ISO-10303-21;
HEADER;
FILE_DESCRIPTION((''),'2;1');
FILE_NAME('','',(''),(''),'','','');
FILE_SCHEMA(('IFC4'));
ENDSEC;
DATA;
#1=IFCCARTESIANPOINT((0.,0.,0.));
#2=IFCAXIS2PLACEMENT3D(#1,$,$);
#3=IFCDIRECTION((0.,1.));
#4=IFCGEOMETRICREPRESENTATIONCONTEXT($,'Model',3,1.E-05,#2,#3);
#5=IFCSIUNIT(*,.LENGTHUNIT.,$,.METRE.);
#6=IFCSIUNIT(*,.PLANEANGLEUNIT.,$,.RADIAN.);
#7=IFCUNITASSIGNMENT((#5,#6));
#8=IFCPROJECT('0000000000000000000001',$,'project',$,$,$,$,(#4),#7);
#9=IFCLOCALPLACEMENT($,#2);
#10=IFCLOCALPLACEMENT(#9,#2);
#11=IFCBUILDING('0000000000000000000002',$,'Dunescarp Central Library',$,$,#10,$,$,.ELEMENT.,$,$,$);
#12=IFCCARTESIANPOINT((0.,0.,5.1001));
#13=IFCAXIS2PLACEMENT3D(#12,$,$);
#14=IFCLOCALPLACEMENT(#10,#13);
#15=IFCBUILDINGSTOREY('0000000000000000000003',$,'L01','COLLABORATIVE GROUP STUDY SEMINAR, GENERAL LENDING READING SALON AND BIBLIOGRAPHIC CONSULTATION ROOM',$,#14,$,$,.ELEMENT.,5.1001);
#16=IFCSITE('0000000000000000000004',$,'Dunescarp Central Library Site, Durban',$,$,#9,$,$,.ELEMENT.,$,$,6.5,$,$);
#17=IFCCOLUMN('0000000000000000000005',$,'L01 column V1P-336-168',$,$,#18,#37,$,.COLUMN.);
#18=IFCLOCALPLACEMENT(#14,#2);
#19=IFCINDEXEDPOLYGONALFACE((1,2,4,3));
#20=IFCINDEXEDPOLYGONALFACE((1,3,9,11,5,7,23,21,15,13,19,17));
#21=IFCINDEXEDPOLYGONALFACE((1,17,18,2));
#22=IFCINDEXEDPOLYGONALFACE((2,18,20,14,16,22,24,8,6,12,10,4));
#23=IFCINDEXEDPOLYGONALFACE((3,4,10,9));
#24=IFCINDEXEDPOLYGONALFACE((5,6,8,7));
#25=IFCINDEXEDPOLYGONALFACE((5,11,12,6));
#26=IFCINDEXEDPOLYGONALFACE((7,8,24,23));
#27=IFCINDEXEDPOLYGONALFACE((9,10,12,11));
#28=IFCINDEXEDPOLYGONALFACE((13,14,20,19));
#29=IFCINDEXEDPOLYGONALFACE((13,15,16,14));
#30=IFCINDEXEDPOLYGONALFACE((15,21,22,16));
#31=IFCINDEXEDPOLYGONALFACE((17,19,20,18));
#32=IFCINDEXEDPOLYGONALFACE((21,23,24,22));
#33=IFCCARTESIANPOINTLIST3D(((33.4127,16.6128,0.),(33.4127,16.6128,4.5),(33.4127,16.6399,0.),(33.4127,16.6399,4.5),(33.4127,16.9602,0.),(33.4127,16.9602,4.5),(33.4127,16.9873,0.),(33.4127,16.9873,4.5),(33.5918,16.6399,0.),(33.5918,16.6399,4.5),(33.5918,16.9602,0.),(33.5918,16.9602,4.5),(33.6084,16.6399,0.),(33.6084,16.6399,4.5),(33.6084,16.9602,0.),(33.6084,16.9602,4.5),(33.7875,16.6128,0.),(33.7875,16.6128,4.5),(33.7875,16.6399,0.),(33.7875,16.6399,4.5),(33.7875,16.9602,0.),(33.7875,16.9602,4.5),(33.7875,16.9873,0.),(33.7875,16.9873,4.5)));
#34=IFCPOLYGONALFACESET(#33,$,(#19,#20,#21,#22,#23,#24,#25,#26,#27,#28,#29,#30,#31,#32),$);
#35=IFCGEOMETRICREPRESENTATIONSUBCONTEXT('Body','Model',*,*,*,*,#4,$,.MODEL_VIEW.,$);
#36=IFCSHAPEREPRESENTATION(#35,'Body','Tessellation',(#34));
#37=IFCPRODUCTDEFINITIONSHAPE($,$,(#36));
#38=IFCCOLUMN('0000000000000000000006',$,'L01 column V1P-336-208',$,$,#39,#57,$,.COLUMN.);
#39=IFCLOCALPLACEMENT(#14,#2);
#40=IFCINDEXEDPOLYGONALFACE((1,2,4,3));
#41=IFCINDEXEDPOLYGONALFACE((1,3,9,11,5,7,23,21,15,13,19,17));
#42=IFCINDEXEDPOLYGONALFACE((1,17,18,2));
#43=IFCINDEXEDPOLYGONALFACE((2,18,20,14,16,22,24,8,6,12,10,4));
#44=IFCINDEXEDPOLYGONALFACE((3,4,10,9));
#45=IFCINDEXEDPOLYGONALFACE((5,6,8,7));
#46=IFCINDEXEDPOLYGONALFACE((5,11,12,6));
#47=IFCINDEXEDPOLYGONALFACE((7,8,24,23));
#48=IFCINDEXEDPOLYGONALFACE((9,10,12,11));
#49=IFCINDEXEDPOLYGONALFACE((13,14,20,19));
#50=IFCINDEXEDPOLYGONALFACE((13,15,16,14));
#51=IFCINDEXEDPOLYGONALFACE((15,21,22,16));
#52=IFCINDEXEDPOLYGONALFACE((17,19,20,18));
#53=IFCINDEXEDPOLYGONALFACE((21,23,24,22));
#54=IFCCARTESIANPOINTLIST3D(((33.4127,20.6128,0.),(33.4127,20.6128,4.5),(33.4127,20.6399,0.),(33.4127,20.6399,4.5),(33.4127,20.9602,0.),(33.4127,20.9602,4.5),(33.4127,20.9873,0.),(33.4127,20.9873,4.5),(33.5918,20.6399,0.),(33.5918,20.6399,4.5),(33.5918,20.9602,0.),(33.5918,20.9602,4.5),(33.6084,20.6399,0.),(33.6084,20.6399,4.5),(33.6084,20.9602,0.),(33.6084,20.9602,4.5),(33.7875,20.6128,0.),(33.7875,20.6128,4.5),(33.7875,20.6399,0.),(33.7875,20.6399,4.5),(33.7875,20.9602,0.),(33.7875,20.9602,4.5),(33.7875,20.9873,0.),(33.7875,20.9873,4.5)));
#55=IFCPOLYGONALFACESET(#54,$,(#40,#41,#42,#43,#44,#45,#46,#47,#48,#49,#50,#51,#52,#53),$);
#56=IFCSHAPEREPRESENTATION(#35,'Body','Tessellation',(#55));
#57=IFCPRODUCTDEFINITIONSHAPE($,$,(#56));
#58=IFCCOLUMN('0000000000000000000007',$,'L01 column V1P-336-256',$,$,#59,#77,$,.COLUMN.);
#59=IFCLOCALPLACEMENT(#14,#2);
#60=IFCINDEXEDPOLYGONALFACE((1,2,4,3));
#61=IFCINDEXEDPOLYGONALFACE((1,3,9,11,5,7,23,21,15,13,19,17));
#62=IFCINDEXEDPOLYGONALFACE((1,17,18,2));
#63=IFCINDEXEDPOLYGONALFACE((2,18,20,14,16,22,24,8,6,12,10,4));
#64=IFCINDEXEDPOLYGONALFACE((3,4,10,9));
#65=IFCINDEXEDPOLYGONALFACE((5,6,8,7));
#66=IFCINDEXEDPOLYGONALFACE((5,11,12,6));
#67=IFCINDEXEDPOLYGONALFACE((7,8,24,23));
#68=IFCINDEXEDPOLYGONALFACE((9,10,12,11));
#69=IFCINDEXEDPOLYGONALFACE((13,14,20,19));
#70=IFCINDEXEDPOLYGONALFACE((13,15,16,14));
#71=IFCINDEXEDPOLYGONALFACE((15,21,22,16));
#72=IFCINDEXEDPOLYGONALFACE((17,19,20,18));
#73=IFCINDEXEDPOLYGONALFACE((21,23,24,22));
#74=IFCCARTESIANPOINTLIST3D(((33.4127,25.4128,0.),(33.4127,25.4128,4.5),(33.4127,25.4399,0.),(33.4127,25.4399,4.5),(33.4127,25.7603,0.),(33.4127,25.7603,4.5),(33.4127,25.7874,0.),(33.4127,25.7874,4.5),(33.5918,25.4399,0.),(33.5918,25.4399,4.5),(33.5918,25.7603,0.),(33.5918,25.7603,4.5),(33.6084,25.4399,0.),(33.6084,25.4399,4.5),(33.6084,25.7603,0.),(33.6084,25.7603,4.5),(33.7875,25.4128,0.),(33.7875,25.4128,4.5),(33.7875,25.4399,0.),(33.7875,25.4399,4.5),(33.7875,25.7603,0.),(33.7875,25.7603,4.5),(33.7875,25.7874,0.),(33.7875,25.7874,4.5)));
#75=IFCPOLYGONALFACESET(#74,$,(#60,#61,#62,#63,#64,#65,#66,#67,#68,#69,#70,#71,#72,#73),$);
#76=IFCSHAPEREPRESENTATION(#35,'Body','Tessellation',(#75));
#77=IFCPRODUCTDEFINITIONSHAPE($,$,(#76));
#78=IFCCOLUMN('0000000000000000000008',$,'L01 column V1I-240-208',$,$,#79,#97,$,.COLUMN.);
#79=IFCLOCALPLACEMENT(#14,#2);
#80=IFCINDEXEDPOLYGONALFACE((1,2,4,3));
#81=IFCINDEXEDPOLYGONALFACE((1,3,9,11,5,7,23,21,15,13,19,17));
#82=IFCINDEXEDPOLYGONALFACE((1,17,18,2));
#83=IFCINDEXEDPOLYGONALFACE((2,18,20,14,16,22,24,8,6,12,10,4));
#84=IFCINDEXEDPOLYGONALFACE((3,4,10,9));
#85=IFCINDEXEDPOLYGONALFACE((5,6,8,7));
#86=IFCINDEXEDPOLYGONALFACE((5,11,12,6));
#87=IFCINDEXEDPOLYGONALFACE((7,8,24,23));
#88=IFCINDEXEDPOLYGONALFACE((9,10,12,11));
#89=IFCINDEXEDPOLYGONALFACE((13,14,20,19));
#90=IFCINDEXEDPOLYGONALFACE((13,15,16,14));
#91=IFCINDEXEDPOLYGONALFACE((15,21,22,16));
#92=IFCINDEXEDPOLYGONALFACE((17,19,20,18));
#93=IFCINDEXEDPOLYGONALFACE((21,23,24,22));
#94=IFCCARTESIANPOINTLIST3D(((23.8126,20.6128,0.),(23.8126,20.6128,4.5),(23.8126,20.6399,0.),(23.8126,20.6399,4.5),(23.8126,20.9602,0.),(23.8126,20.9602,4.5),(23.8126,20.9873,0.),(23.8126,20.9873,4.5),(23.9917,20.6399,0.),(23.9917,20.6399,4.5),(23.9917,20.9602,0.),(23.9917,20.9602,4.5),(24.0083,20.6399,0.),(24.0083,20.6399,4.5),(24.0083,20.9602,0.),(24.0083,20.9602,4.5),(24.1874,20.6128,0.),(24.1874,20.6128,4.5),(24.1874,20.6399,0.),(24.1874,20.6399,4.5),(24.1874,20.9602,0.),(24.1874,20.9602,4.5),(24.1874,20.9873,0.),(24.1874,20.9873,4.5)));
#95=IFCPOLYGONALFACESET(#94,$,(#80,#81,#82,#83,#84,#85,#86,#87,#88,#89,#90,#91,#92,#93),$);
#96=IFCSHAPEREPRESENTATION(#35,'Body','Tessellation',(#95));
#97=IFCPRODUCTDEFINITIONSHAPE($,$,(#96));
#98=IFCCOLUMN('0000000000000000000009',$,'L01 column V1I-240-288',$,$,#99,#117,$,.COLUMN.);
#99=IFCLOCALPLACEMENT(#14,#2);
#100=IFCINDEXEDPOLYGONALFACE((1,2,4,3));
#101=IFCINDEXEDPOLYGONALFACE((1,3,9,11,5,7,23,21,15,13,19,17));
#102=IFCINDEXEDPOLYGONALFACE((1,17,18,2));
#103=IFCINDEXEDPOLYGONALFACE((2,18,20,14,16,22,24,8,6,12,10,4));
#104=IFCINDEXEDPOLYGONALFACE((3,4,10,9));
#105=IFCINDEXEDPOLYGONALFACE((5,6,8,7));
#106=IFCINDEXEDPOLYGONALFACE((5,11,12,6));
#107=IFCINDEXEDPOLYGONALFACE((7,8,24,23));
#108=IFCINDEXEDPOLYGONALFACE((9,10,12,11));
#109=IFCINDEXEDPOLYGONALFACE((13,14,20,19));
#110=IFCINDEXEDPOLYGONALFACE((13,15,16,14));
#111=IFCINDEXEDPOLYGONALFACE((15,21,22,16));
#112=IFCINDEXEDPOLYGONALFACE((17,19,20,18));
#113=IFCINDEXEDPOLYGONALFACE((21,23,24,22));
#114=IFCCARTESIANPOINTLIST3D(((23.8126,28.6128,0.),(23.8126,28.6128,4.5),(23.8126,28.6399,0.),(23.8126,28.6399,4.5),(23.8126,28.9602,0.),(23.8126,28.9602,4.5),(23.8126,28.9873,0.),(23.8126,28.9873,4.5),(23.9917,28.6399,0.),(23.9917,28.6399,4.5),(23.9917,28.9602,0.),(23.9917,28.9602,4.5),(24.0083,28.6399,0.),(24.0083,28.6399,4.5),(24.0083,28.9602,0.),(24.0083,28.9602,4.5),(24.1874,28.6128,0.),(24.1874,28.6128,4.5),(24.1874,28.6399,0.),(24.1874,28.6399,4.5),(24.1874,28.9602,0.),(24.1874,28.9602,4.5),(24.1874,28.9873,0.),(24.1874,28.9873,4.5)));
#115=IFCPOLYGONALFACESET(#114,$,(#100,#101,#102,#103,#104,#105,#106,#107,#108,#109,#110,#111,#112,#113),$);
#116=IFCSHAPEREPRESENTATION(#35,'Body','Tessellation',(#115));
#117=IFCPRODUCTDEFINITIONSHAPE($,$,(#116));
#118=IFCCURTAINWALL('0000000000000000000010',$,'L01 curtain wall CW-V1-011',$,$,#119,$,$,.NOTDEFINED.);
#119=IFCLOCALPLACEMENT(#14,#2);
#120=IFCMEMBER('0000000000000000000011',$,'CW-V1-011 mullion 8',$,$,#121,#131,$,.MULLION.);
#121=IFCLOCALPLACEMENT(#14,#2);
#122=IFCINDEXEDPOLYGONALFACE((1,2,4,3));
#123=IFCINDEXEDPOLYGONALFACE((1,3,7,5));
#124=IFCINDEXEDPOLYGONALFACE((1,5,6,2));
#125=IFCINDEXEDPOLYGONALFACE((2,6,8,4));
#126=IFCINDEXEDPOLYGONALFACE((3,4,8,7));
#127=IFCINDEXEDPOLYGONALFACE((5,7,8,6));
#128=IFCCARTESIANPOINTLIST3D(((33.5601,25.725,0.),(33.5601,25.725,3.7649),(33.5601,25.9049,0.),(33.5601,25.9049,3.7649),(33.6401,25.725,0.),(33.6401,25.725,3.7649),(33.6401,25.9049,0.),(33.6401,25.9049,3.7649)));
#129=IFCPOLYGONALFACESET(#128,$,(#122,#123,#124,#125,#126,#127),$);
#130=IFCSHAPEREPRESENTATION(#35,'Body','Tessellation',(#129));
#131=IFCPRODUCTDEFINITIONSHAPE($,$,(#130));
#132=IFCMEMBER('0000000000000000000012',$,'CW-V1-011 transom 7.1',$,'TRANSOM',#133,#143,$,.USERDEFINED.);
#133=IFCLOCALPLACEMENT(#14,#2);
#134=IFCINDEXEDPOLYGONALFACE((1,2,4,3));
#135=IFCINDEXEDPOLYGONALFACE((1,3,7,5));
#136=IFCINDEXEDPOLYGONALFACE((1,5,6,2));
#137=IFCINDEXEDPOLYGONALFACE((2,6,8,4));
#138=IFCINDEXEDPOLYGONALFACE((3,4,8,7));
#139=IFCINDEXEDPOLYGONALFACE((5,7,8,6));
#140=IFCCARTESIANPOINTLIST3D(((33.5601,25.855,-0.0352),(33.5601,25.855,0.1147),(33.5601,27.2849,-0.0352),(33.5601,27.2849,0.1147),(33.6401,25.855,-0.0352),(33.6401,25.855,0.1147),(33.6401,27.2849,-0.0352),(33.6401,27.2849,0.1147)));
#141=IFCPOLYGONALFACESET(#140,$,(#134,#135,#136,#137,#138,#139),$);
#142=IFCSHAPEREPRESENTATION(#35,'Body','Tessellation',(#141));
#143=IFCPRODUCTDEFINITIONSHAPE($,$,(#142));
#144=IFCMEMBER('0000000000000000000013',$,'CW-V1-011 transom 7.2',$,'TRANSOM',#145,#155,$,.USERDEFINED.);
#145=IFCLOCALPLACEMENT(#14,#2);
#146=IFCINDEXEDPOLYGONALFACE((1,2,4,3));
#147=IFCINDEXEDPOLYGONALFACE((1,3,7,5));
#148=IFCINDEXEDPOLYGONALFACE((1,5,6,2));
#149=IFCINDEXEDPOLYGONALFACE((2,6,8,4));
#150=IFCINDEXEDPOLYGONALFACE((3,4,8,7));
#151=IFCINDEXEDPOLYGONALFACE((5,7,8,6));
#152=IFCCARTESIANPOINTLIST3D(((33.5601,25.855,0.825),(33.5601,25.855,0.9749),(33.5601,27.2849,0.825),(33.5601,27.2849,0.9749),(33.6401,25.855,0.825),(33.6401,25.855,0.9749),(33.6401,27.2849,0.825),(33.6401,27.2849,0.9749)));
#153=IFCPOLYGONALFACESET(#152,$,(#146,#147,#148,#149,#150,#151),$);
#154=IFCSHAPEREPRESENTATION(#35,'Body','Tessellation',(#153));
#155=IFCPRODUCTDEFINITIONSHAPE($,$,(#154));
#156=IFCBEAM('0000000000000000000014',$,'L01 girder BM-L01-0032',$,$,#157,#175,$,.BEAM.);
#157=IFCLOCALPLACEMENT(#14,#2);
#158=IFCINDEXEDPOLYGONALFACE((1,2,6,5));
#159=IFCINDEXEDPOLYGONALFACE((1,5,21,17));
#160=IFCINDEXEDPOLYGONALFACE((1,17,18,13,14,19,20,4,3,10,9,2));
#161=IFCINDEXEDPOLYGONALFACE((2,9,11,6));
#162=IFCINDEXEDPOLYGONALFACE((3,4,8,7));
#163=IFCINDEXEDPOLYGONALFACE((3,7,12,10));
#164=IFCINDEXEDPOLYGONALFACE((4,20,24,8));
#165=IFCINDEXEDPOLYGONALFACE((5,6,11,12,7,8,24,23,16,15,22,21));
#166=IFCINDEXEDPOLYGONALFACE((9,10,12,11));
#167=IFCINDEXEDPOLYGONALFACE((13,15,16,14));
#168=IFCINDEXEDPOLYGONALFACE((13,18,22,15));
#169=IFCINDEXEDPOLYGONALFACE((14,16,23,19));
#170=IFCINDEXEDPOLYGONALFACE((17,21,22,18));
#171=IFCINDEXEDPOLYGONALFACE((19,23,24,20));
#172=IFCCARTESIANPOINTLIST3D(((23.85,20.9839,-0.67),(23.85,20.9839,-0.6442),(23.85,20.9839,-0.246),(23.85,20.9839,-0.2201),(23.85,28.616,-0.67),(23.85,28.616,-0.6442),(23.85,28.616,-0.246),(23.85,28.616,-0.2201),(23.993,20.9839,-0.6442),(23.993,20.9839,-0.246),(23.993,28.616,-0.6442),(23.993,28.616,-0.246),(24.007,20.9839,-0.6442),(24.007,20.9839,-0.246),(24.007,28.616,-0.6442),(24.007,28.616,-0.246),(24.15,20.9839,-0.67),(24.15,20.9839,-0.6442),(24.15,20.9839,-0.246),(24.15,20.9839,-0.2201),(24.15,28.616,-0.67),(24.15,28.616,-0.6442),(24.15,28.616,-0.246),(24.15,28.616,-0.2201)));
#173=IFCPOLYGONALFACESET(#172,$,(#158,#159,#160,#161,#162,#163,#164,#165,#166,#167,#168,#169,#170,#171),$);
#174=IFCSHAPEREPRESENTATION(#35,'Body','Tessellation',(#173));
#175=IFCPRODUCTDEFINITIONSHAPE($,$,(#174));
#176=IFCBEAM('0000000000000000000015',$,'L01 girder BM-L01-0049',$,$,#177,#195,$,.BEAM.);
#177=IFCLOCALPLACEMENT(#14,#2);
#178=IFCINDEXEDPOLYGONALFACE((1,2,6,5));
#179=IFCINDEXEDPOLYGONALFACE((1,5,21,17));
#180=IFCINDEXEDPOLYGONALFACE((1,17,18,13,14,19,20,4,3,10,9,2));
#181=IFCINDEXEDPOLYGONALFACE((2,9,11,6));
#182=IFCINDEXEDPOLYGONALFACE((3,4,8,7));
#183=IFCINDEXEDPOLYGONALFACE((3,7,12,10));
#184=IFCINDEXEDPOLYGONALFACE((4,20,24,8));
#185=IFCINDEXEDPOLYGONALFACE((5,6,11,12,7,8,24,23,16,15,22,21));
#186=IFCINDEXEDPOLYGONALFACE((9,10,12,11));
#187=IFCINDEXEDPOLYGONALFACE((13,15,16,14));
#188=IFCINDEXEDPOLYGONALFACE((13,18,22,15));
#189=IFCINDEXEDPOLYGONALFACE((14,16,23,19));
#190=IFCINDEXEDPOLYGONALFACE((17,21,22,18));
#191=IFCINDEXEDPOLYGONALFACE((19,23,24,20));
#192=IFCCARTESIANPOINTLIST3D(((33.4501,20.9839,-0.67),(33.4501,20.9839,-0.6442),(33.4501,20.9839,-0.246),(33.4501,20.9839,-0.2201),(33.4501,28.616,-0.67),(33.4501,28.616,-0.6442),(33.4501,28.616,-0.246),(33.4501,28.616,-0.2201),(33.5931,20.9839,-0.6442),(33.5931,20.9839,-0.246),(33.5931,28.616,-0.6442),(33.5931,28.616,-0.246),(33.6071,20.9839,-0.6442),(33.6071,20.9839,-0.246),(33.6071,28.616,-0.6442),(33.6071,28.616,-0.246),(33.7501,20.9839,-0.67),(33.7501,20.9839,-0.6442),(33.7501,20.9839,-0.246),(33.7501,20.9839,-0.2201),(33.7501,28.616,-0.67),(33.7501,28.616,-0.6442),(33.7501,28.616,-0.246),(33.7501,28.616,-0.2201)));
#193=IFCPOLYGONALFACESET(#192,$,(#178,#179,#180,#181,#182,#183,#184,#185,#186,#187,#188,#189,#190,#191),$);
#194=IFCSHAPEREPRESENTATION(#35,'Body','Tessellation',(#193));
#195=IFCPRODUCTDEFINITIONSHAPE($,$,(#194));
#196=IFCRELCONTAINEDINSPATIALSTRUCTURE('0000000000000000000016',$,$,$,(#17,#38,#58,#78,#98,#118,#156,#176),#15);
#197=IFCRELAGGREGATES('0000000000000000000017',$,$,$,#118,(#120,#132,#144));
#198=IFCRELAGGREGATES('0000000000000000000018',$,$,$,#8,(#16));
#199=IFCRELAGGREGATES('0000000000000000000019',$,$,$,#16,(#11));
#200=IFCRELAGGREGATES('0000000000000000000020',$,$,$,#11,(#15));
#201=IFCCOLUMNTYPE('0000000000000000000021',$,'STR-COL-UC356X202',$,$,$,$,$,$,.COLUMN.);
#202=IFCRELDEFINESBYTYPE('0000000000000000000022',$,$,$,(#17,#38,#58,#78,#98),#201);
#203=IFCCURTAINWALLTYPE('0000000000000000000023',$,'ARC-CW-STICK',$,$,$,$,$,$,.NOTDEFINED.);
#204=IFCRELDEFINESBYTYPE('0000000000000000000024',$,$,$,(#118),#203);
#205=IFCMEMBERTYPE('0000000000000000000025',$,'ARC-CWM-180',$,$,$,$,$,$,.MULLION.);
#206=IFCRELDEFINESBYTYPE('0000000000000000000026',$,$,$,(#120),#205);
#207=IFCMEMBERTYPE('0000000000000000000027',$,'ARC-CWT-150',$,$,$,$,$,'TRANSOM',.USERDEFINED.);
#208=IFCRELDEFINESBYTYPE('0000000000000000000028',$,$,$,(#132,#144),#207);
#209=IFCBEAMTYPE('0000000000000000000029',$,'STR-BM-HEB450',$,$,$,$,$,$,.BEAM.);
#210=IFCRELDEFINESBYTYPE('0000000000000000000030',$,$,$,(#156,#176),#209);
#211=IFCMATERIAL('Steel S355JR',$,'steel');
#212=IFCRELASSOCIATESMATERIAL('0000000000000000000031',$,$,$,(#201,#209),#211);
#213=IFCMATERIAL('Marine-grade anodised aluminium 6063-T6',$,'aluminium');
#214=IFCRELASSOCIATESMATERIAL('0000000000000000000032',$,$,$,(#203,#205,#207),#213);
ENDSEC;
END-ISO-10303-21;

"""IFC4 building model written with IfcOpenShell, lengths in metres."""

from ifc_helpers import new_model, si_unit, direction, frame, origin, origin_2d, place, context, subcontext, project, spatial, rectangle, i_section, extrude, material, material_profile, profile_set, type_object, element, aggregate, save


model = new_model("IFC4")

# Units and contexts
model_context = context("Model", 3, precision=1e-05, world=origin(), true_north=direction((0.0, 1.0)))
body_context = subcontext(model_context, "Body", "Model", "MODEL_VIEW")
ifc_project = project(units=[si_unit("LENGTHUNIT", "METRE"), si_unit("PLANEANGLEUNIT", "RADIAN")], contexts=[model_context])

# Site, building, storey
site_placement = place(None, origin())
site = spatial("IfcSite", under=ifc_project, at=site_placement, Name="Dunescarp Central Library Site, Durban", CompositionType="ELEMENT", RefElevation=6.5)
building_placement = place(site_placement, origin())
building = spatial("IfcBuilding", under=site, at=building_placement, Name="Dunescarp Central Library", CompositionType="ELEMENT")
storey_placement = place(building_placement, frame((0.0, 0.0, 5.1001)))
storey = spatial("IfcBuildingStorey", under=building, at=storey_placement, Name="L01", Description="COLLABORATIVE GROUP STUDY SEMINAR, GENERAL LENDING READING SALON AND BIBLIOGRAPHIC CONSULTATION ROOM", CompositionType="ELEMENT", Elevation=5.1001)

# Columns
ifc_material_1 = material(Name="Steel S355JR", Category="steel")
ifc_material_profile_1 = material_profile(ifc_material_1, i_section(OverallWidth=0.3748, OverallDepth=0.3745, WebThickness=0.0166, FlangeThickness=0.0271, at=origin_2d()), Name="UC 356x368x202")
ifc_profile_set_1 = profile_set([ifc_material_profile_1], Name="Steel S355JR")
column_type = type_object("IfcColumnType", Name="STR-COL-UC356X202", PredefinedType="COLUMN", material=ifc_profile_set_1)
for number, where, z_axis, x_axis, name in (
    (1, (33.6001, 16.8, 0.0), (0.0, 0.0, 1.0), (1.0, 0.0, 0.0), "L01 column V1P-336-168"),
    (2, (33.6001, 20.8, 0.0), (0.0, 0.0, 1.0), (1.0, 0.0, 0.0), "L01 column V1P-336-208"),
    (3, (33.6001, 25.6001, 0.0), (0.0, 0.0, 1.0), (1.0, 0.0, 0.0), "L01 column V1P-336-256"),
    (4, (24.0, 20.8, 0.0), (0.0, 0.0, 1.0), (1.0, 0.0, 0.0), "L01 column V1I-240-208"),
    (5, (24.0, 28.8, 0.0), (0.0, 0.0, 1.0), (1.0, 0.0, 0.0), "L01 column V1I-240-288"),
):
    element("IfcColumn", number, at=place(storey_placement, frame(where, z_axis=z_axis, x_axis=x_axis)), inside=storey, type_object=column_type, Name=name, PredefinedType="COLUMN", context=body_context, shape_type="SweptSolid", body=[
        extrude(i_section(OverallWidth=0.3748, OverallDepth=0.3745, WebThickness=0.0166, FlangeThickness=0.0271, at=origin_2d()), origin(), (0.0, 0.0, 1.0), 4.5),
    ])

# Curtain wall, members
ifc_material_2 = material(Name="Marine-grade anodised aluminium 6063-T6", Category="aluminium")
curtain_wall_type = type_object("IfcCurtainWallType", Name="ARC-CW-STICK", PredefinedType="NOTDEFINED", material=ifc_material_2)
curtain_wall_placement = place(storey_placement, origin())
curtain_wall = element("IfcCurtainWall", 6, at=curtain_wall_placement, inside=storey, type_object=curtain_wall_type, Name="L01 curtain wall CW-V1-011", PredefinedType="NOTDEFINED")
ifc_material_profile_2 = material_profile(ifc_material_2, rectangle(XDim=0.0801, YDim=0.1799, at=origin_2d()), Name="AL 80x180")
ifc_profile_set_2 = profile_set([ifc_material_profile_2], Name="Marine-grade anodised aluminium 6063-T6")
member_type_1 = type_object("IfcMemberType", Name="ARC-CWM-180", PredefinedType="MULLION", material=ifc_profile_set_2)
member_1_placement = place(storey_placement, frame((33.6001, 25.8149, 0.0), z_axis=(0.0, 0.0, 1.0), x_axis=(1.0, 0.0, 0.0)))
member_1 = element("IfcMember", 7, at=member_1_placement, type_object=member_type_1, Name="CW-V1-011 mullion 8", PredefinedType="MULLION", context=body_context, shape_type="SweptSolid", body=[
    extrude(rectangle(XDim=0.0801, YDim=0.1799, at=origin_2d()), origin(), (0.0, 0.0, 1.0), 3.7649),
])
ifc_material_profile_3 = material_profile(ifc_material_2, rectangle(XDim=0.0801, YDim=0.1499, at=origin_2d()), Name="AL 80x150")
ifc_profile_set_3 = profile_set([ifc_material_profile_3], Name="Marine-grade anodised aluminium 6063-T6")
member_type_2 = type_object("IfcMemberType", Name="ARC-CWT-150", ElementType="TRANSOM", PredefinedType="USERDEFINED", material=ifc_profile_set_3)
member_2_placement = place(storey_placement, frame((33.6001, 27.2849, 0.0398), z_axis=(0.0, -1.0, 0.0), x_axis=(1.0, 0.0, 0.0)))
member_2 = element("IfcMember", 8, at=member_2_placement, type_object=member_type_2, Name="CW-V1-011 transom 7.1", ObjectType="TRANSOM", PredefinedType="USERDEFINED", context=body_context, shape_type="SweptSolid", body=[
    extrude(rectangle(XDim=0.0801, YDim=0.1499, at=origin_2d()), origin(), (0.0, 0.0, 1.0), 1.4299),
])
member_3_placement = place(storey_placement, frame((33.6001, 27.2849, 0.8999), z_axis=(0.0, -1.0, 0.0), x_axis=(1.0, 0.0, 0.0)))
member_3 = element("IfcMember", 9, at=member_3_placement, type_object=member_type_2, Name="CW-V1-011 transom 7.2", ObjectType="TRANSOM", PredefinedType="USERDEFINED", context=body_context, shape_type="SweptSolid", body=[
    extrude(rectangle(XDim=0.0801, YDim=0.1499, at=origin_2d()), origin(), (0.0, 0.0, 1.0), 1.4299),
])

# Beams
ifc_material_profile_4 = material_profile(ifc_material_1, i_section(OverallWidth=0.3, OverallDepth=0.45, WebThickness=0.0139, FlangeThickness=0.0259, at=origin_2d()), Name="HEB 450")
ifc_profile_set_4 = profile_set([ifc_material_profile_4], Name="Steel S355JR")
beam_type_1 = type_object("IfcBeamType", Name="STR-BM-HEB450", PredefinedType="BEAM", material=ifc_profile_set_4)
for number, where, z_axis, x_axis, name in (
    (10, (24.0, 20.9839, -0.4451), (0.0, 1.0, 0.0), (-1.0, 0.0, 0.0), "L01 girder BM-L01-0032"),
    (11, (33.6001, 20.9839, -0.4451), (0.0, 1.0, 0.0), (-1.0, 0.0, 0.0), "L01 girder BM-L01-0049"),
):
    element("IfcBeam", number, at=place(storey_placement, frame(where, z_axis=z_axis, x_axis=x_axis)), inside=storey, type_object=beam_type_1, Name=name, PredefinedType="BEAM", context=body_context, shape_type="SweptSolid", body=[
        extrude(i_section(OverallWidth=0.3, OverallDepth=0.45, WebThickness=0.0139, FlangeThickness=0.0259, at=origin_2d()), origin(), (0.0, 0.0, 1.0), 7.6321),
    ])

aggregate(curtain_wall, [member_1, member_2, member_3])

save(model, "model.ifc")
